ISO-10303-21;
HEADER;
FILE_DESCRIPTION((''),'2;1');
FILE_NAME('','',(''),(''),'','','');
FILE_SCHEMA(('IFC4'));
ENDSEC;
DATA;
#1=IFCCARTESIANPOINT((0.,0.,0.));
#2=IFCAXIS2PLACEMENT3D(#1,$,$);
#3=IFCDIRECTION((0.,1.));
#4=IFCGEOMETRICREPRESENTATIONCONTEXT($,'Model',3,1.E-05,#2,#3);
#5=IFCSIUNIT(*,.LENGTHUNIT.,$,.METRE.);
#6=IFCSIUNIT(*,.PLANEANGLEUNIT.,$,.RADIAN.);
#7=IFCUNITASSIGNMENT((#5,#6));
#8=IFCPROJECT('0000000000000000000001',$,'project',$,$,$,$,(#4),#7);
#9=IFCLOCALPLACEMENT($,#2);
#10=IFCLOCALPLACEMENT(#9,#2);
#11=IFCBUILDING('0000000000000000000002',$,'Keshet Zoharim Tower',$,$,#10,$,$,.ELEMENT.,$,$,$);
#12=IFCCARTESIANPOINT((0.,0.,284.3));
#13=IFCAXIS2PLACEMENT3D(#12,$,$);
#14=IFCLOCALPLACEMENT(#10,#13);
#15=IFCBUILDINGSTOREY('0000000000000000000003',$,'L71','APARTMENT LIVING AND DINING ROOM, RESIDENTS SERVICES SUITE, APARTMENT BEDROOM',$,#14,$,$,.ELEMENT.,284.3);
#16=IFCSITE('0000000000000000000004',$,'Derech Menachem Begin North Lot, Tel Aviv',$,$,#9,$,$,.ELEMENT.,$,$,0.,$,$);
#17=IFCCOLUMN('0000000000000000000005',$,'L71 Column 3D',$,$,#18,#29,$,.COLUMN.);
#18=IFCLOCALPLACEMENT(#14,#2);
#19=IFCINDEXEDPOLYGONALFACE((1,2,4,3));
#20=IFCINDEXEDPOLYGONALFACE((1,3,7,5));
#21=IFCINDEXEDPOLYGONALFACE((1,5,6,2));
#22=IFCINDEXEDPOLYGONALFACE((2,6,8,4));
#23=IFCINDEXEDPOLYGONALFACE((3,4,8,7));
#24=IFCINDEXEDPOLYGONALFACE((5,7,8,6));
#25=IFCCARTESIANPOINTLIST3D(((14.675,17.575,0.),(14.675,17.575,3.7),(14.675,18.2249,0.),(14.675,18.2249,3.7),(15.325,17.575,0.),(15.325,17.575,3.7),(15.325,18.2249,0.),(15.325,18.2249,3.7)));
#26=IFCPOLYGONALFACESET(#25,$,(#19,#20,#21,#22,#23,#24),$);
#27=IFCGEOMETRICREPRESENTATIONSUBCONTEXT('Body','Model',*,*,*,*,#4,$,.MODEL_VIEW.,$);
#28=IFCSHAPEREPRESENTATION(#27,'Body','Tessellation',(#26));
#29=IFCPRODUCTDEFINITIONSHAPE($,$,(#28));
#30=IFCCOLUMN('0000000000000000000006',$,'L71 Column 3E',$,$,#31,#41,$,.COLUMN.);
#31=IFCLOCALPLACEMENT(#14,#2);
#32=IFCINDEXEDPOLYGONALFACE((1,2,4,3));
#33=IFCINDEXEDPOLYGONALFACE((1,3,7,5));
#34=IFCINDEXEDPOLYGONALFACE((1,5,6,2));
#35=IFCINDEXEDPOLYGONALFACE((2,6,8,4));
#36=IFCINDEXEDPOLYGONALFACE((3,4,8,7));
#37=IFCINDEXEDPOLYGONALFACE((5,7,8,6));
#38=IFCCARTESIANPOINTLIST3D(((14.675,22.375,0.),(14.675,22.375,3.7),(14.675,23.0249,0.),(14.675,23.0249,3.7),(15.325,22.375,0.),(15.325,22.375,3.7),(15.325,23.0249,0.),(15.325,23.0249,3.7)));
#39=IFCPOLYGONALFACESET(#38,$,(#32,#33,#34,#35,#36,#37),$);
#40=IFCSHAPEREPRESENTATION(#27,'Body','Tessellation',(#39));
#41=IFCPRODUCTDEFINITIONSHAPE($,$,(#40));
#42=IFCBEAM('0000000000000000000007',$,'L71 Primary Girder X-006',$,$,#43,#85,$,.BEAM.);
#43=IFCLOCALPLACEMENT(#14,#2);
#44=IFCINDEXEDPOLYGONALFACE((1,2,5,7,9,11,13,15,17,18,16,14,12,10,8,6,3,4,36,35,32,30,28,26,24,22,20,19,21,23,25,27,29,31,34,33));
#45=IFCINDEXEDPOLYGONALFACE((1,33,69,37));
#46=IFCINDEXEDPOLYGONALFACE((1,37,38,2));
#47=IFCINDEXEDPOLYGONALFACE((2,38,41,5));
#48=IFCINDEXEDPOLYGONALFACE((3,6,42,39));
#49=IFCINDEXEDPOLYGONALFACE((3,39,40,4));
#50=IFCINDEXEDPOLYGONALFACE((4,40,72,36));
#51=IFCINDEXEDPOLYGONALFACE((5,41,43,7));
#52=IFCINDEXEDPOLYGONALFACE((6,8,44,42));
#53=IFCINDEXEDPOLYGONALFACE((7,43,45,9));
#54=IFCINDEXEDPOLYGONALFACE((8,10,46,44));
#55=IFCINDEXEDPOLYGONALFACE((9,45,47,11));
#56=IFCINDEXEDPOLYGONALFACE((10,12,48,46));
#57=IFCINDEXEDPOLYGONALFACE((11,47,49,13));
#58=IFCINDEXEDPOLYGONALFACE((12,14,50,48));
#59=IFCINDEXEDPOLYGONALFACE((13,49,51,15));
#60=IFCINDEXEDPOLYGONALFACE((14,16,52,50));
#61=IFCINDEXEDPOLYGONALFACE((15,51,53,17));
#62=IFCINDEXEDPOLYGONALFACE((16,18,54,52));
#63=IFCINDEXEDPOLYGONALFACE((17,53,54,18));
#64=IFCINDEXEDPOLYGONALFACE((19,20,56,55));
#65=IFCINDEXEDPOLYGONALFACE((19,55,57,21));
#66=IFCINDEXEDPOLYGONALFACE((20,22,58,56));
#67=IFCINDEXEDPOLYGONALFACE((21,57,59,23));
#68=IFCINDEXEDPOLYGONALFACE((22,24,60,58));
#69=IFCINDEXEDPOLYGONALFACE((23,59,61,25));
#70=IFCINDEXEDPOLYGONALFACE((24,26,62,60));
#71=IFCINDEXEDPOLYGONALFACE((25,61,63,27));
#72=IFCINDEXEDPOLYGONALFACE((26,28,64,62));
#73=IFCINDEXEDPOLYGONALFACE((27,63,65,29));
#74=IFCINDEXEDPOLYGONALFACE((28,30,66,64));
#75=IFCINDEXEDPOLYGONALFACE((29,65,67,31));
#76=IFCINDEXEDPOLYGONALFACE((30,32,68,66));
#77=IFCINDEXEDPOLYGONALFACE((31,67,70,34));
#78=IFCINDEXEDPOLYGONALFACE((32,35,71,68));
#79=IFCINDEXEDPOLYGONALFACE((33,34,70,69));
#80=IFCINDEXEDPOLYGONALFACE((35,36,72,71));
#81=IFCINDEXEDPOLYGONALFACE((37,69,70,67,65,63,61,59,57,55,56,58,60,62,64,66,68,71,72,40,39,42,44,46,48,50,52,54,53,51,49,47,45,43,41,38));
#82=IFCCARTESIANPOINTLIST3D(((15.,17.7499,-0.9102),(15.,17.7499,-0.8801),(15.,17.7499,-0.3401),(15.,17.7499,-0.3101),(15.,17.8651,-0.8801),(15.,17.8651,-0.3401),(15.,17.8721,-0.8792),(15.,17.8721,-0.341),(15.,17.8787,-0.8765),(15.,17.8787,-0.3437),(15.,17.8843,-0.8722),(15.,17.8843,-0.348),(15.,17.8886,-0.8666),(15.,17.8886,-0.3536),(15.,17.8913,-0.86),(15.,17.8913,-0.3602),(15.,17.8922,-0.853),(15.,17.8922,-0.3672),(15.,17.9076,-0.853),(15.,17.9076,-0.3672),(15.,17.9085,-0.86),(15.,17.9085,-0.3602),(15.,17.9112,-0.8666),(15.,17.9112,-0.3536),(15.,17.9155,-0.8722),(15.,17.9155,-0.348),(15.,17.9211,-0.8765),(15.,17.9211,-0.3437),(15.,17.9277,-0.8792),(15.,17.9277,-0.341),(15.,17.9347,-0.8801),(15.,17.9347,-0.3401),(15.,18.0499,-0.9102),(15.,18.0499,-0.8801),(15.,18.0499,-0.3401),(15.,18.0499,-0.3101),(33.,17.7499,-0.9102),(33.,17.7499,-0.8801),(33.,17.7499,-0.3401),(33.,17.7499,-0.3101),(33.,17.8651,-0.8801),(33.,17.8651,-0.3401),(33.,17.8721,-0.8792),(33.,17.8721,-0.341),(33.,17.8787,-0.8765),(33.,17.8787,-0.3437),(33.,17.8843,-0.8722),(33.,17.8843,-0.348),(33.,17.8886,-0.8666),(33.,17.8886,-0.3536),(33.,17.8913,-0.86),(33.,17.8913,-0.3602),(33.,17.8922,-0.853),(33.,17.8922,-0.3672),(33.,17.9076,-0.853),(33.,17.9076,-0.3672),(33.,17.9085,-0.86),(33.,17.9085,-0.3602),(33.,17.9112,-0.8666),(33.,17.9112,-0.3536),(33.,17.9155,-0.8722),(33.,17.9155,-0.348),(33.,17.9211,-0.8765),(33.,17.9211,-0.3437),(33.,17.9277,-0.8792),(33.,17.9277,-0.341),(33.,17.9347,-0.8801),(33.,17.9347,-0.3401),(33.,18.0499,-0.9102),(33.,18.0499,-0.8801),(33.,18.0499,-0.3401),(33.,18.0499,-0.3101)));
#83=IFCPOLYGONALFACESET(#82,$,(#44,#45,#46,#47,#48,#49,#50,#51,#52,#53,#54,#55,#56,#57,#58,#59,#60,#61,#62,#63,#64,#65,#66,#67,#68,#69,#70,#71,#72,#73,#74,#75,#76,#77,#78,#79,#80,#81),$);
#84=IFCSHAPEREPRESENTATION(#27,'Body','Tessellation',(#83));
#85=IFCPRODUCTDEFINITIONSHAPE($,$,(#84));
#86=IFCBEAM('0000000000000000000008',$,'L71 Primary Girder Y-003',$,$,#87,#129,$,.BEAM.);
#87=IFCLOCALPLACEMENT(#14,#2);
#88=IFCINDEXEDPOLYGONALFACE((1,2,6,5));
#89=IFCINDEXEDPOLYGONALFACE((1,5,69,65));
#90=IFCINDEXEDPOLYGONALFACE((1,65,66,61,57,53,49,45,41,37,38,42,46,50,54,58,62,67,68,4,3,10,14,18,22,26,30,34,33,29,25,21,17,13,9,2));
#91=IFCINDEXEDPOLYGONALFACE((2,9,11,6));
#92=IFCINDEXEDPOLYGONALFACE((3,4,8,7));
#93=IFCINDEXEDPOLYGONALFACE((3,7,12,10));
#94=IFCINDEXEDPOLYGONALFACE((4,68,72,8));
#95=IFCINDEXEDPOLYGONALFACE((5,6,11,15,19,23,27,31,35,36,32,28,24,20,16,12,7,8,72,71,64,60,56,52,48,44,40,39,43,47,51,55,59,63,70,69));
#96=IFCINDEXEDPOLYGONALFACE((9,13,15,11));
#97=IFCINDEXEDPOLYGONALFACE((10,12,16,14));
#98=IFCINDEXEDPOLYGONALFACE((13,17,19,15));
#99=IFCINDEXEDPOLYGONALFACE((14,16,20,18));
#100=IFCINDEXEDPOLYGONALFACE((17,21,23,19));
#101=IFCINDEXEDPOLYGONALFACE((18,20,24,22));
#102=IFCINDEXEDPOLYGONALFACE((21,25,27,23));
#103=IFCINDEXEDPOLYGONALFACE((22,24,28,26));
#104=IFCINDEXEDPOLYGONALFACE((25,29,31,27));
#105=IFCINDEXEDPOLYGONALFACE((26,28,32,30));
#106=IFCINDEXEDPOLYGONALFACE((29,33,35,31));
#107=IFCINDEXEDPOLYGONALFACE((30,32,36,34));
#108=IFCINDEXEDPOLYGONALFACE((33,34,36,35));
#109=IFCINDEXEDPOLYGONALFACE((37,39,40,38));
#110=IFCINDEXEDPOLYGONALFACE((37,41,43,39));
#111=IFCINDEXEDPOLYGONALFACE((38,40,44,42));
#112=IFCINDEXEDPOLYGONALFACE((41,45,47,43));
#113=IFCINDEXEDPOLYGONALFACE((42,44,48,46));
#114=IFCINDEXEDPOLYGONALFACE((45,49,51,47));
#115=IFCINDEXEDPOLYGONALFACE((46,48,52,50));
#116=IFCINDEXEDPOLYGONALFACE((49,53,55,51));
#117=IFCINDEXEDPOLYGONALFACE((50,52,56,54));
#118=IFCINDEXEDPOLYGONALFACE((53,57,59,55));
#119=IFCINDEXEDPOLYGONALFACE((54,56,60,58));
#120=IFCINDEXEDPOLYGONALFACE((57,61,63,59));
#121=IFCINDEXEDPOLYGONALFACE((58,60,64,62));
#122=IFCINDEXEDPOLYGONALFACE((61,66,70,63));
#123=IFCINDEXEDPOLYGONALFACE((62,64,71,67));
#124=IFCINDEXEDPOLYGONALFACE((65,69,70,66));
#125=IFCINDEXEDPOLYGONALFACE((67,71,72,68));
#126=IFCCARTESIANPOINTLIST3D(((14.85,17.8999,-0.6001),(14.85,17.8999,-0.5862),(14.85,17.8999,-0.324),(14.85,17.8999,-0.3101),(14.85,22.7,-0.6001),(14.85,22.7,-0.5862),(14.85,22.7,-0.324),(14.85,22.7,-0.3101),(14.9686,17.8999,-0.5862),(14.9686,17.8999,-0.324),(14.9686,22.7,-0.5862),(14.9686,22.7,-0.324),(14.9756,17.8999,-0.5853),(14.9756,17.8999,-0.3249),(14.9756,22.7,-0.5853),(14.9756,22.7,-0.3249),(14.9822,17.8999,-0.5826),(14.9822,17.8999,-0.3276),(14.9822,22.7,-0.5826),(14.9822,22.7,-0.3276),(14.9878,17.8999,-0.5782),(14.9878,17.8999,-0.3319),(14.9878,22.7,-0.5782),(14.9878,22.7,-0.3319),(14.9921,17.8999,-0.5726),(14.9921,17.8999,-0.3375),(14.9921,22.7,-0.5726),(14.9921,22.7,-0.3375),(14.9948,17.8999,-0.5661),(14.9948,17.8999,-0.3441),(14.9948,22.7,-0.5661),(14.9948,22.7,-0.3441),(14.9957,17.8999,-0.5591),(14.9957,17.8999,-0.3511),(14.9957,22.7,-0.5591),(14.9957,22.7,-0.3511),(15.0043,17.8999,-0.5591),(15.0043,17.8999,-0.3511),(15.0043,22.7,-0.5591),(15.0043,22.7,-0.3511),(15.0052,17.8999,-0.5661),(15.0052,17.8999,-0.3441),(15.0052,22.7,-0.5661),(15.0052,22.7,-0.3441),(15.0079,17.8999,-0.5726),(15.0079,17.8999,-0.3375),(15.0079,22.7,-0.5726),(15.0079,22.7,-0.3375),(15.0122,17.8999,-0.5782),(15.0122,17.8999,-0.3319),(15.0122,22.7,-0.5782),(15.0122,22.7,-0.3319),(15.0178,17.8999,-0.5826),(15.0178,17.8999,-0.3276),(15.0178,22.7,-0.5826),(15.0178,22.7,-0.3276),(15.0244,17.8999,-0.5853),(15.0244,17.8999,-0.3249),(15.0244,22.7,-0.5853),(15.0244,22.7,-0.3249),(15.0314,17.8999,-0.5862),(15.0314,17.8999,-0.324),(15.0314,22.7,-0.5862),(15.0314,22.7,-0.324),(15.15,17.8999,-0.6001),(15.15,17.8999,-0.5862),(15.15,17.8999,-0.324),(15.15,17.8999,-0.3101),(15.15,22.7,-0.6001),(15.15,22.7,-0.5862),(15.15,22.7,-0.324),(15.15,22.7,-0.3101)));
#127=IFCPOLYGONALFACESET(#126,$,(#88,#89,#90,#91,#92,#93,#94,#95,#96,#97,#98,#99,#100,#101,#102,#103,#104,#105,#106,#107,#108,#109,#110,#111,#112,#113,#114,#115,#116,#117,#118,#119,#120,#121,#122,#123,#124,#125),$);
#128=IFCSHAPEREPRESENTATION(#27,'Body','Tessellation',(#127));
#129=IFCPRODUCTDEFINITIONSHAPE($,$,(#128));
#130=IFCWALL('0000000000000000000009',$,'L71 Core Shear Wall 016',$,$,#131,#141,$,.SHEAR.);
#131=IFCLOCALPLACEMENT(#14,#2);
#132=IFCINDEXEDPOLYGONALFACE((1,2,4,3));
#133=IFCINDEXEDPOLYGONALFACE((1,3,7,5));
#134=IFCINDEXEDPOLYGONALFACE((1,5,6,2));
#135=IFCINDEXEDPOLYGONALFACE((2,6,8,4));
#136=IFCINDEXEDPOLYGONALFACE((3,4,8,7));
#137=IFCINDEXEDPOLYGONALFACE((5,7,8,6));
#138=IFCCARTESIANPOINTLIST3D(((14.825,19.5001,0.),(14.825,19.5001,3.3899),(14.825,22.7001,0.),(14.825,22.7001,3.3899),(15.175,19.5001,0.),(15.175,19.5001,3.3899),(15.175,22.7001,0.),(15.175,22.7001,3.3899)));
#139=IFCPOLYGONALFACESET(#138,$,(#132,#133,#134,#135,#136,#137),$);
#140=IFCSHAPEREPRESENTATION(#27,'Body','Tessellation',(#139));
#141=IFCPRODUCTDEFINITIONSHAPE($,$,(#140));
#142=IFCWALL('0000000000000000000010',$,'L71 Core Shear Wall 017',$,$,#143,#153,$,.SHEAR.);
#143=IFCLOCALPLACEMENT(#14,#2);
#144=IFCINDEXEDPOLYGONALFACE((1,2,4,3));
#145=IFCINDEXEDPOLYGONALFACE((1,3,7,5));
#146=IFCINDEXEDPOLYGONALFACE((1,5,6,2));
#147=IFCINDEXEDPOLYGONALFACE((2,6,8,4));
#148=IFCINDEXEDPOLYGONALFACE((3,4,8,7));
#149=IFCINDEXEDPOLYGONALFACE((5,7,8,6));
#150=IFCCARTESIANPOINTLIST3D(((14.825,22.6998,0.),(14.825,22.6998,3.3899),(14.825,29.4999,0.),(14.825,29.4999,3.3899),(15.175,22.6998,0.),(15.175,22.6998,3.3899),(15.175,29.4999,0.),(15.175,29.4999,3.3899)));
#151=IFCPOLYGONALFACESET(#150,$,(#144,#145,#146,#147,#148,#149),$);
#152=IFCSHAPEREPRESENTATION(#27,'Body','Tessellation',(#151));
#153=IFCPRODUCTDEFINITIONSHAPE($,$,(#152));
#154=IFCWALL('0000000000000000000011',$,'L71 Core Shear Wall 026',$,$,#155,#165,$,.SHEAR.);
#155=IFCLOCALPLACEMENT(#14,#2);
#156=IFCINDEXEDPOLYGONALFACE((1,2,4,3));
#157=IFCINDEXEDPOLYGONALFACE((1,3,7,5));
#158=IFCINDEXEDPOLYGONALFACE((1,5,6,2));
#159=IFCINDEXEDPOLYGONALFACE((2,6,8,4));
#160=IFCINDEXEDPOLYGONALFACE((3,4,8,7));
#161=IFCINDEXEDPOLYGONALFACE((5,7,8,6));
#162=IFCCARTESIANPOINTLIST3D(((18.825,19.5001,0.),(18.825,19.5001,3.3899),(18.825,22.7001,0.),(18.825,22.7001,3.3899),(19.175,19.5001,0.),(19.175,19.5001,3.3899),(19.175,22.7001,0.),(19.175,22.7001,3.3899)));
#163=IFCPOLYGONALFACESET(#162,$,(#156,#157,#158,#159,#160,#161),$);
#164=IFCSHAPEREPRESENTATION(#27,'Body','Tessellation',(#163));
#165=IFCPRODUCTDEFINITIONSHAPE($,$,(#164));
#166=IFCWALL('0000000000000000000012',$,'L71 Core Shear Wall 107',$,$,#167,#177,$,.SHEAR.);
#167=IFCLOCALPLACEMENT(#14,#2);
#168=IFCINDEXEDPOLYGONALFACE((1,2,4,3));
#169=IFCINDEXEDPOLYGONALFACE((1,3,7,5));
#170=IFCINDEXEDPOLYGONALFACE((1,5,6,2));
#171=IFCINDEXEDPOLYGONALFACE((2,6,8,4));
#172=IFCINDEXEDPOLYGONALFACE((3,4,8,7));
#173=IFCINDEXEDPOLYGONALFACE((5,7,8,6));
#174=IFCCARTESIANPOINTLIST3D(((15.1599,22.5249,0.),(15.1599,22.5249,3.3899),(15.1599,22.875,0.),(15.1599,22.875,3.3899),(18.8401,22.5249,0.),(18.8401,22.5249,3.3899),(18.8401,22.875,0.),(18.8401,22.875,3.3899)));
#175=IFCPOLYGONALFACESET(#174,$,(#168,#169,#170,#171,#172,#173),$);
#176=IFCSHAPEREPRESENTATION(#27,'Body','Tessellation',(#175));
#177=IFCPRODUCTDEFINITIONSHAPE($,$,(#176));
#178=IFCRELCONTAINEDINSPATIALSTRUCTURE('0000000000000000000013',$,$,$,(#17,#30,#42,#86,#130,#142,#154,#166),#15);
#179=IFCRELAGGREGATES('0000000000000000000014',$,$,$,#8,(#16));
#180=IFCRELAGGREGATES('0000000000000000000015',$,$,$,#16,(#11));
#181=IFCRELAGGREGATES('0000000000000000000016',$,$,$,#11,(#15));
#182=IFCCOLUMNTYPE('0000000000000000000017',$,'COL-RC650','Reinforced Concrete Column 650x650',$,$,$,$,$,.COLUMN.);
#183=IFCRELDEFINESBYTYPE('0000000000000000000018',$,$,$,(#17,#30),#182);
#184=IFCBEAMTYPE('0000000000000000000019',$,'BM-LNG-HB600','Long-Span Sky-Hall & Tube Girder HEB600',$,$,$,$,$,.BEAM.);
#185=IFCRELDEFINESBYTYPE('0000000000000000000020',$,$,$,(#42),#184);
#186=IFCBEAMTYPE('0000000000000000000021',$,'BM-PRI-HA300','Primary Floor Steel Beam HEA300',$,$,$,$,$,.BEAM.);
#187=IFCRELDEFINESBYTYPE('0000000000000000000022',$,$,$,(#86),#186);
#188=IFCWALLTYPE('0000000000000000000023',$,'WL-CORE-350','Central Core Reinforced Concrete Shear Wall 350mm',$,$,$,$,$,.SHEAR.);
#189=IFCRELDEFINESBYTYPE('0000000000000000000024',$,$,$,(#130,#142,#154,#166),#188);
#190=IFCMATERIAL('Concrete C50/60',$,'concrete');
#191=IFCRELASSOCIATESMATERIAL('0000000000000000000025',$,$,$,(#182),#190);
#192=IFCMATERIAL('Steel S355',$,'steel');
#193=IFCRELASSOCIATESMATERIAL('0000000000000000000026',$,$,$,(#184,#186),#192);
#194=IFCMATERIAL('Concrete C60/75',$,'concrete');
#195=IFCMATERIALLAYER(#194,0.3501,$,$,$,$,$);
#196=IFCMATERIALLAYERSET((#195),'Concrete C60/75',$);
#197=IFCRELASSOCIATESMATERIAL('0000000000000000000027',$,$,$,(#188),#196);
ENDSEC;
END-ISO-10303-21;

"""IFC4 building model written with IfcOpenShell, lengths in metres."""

from ifc_helpers import new_model, si_unit, direction, frame, frame_2d, origin, origin_2d, place, context, subcontext, project, spatial, rectangle, i_section, extrude, material, layer, layer_set, material_profile, profile_set, type_object, element, save


model = new_model("IFC4")

# Units and contexts
model_context = context("Model", 3, precision=1e-05, world=origin(), true_north=direction((0.0, 1.0)))
body_context = subcontext(model_context, "Body", "Model", "MODEL_VIEW")
ifc_project = project(units=[si_unit("LENGTHUNIT", "METRE"), si_unit("PLANEANGLEUNIT", "RADIAN")], contexts=[model_context])

# Site, building, storey
site_placement = place(None, origin())
site = spatial("IfcSite", under=ifc_project, at=site_placement, Name="Derech Menachem Begin North Lot, Tel Aviv", CompositionType="ELEMENT", RefElevation=0.0)
building_placement = place(site_placement, origin())
building = spatial("IfcBuilding", under=site, at=building_placement, Name="Keshet Zoharim Tower", CompositionType="ELEMENT")
storey_placement = place(building_placement, frame((0.0, 0.0, 284.3)))
storey = spatial("IfcBuildingStorey", under=building, at=storey_placement, Name="L71", Description="APARTMENT LIVING AND DINING ROOM, RESIDENTS SERVICES SUITE, APARTMENT BEDROOM", CompositionType="ELEMENT", Elevation=284.3)

# Columns
ifc_material_1 = material(Name="Concrete C50/60", Category="concrete")
ifc_material_profile_1 = material_profile(ifc_material_1, rectangle(XDim=0.6499, YDim=0.6499, at=origin_2d()), Name="RC650x650")
ifc_profile_set_1 = profile_set([ifc_material_profile_1], Name="Concrete C50/60")
column_type = type_object("IfcColumnType", Name="COL-RC650", Description="Reinforced Concrete Column 650x650", PredefinedType="COLUMN", material=ifc_profile_set_1)
for number, where, z_axis, x_axis, name in (
    (1, (15.0, 17.8999, 0.0), (0.0, 0.0, 1.0), (1.0, 0.0, 0.0), "L71 Column 3D"),
    (2, (15.0, 22.7, 0.0), (0.0, 0.0, 1.0), (1.0, 0.0, 0.0), "L71 Column 3E"),
):
    element("IfcColumn", number, at=place(storey_placement, frame(where, z_axis=z_axis, x_axis=x_axis)), inside=storey, type_object=column_type, Name=name, PredefinedType="COLUMN", context=body_context, shape_type="SweptSolid", body=[
        extrude(rectangle(XDim=0.6499, YDim=0.6499, at=origin_2d()), origin(), (0.0, 0.0, 1.0), 3.7),
    ])

# Beams
ifc_material_2 = material(Name="Steel S355", Category="steel")
ifc_material_profile_2 = material_profile(ifc_material_2, i_section(OverallWidth=0.3, OverallDepth=0.6001, WebThickness=0.0154, FlangeThickness=0.03, FilletRadius=0.0271, at=origin_2d()), Name="HEB600")
ifc_profile_set_2 = profile_set([ifc_material_profile_2], Name="Steel S355")
beam_type_1 = type_object("IfcBeamType", Name="BM-LNG-HB600", Description="Long-Span Sky-Hall & Tube Girder HEB600", PredefinedType="BEAM", material=ifc_profile_set_2)
beam_1_placement = place(storey_placement, frame((15.0, 17.8999, -0.6101), z_axis=(1.0, 0.0, 0.0), x_axis=(0.0, 1.0, 0.0)))
element("IfcBeam", 3, at=beam_1_placement, inside=storey, type_object=beam_type_1, Name="L71 Primary Girder X-006", PredefinedType="BEAM", context=body_context, shape_type="SweptSolid", body=[
    extrude(i_section(OverallWidth=0.3, OverallDepth=0.6001, WebThickness=0.0154, FlangeThickness=0.03, FilletRadius=0.0271, at=origin_2d()), origin(), (0.0, 0.0, 1.0), 18.0),
])
ifc_material_profile_3 = material_profile(ifc_material_2, i_section(OverallWidth=0.3, OverallDepth=0.29, WebThickness=0.0085, FlangeThickness=0.0139, FilletRadius=0.0271, at=origin_2d()), Name="HEA300")
ifc_profile_set_3 = profile_set([ifc_material_profile_3], Name="Steel S355")
beam_type_2 = type_object("IfcBeamType", Name="BM-PRI-HA300", Description="Primary Floor Steel Beam HEA300", PredefinedType="BEAM", material=ifc_profile_set_3)
beam_2_placement = place(storey_placement, frame((15.0, 17.8999, -0.4551), z_axis=(0.0, 1.0, 0.0), x_axis=(-1.0, 0.0, 0.0)))
element("IfcBeam", 4, at=beam_2_placement, inside=storey, type_object=beam_type_2, Name="L71 Primary Girder Y-003", PredefinedType="BEAM", context=body_context, shape_type="SweptSolid", body=[
    extrude(i_section(OverallWidth=0.3, OverallDepth=0.29, WebThickness=0.0085, FlangeThickness=0.0139, FilletRadius=0.0271, at=origin_2d()), origin(), (0.0, 0.0, 1.0), 4.8),
])

# Walls
ifc_material_3 = material(Name="Concrete C60/75", Category="concrete")
ifc_layer_1 = layer(ifc_material_3, 0.3501)
ifc_layer_set_1 = layer_set([ifc_layer_1], Name="Concrete C60/75")
wall_type_1 = type_object("IfcWallType", Name="WL-CORE-350", Description="Central Core Reinforced Concrete Shear Wall 350mm", PredefinedType="SHEAR", material=ifc_layer_set_1)
wall_1_placement = place(storey_placement, frame((15.0, 19.5, 0.0), z_axis=(0.0, 0.0, 1.0), x_axis=(0.0, 1.0, 0.0)))
element("IfcWall", 5, at=wall_1_placement, inside=storey, type_object=wall_type_1, Name="L71 Core Shear Wall 016", PredefinedType="SHEAR", context=body_context, shape_type="SweptSolid", body=[
    extrude(rectangle(XDim=3.2, YDim=0.3501, at=frame_2d((1.6001, 0.0))), origin(), (0.0, 0.0, 1.0), 3.3899),
])
wall_2_placement = place(storey_placement, frame((15.0, 22.7, 0.0), z_axis=(0.0, 0.0, 1.0), x_axis=(0.0, 1.0, 0.0)))
element("IfcWall", 6, at=wall_2_placement, inside=storey, type_object=wall_type_1, Name="L71 Core Shear Wall 017", PredefinedType="SHEAR", context=body_context, shape_type="SweptSolid", body=[
    extrude(rectangle(XDim=6.8, YDim=0.3501, at=frame_2d((3.3999, 0.0))), origin(), (0.0, 0.0, 1.0), 3.3899),
])
wall_3_placement = place(storey_placement, frame((19.0, 19.5, 0.0), z_axis=(0.0, 0.0, 1.0), x_axis=(0.0, 1.0, 0.0)))
element("IfcWall", 7, at=wall_3_placement, inside=storey, type_object=wall_type_1, Name="L71 Core Shear Wall 026", PredefinedType="SHEAR", context=body_context, shape_type="SweptSolid", body=[
    extrude(rectangle(XDim=3.2, YDim=0.3501, at=frame_2d((1.6001, 0.0))), origin(), (0.0, 0.0, 1.0), 3.3899),
])

# Wall
wall_4_placement = place(storey_placement, frame((15.1599, 22.7, 0.0), z_axis=(0.0, 0.0, 1.0), x_axis=(1.0, 0.0, 0.0)))
element("IfcWall", 8, at=wall_4_placement, inside=storey, type_object=wall_type_1, Name="L71 Core Shear Wall 107", PredefinedType="SHEAR", context=body_context, shape_type="SweptSolid", body=[
    extrude(rectangle(XDim=3.6802, YDim=0.3501, at=frame_2d((1.8401, 0.0))), origin(), (0.0, 0.0, 1.0), 3.3899),
])

save(model, "model.ifc")
